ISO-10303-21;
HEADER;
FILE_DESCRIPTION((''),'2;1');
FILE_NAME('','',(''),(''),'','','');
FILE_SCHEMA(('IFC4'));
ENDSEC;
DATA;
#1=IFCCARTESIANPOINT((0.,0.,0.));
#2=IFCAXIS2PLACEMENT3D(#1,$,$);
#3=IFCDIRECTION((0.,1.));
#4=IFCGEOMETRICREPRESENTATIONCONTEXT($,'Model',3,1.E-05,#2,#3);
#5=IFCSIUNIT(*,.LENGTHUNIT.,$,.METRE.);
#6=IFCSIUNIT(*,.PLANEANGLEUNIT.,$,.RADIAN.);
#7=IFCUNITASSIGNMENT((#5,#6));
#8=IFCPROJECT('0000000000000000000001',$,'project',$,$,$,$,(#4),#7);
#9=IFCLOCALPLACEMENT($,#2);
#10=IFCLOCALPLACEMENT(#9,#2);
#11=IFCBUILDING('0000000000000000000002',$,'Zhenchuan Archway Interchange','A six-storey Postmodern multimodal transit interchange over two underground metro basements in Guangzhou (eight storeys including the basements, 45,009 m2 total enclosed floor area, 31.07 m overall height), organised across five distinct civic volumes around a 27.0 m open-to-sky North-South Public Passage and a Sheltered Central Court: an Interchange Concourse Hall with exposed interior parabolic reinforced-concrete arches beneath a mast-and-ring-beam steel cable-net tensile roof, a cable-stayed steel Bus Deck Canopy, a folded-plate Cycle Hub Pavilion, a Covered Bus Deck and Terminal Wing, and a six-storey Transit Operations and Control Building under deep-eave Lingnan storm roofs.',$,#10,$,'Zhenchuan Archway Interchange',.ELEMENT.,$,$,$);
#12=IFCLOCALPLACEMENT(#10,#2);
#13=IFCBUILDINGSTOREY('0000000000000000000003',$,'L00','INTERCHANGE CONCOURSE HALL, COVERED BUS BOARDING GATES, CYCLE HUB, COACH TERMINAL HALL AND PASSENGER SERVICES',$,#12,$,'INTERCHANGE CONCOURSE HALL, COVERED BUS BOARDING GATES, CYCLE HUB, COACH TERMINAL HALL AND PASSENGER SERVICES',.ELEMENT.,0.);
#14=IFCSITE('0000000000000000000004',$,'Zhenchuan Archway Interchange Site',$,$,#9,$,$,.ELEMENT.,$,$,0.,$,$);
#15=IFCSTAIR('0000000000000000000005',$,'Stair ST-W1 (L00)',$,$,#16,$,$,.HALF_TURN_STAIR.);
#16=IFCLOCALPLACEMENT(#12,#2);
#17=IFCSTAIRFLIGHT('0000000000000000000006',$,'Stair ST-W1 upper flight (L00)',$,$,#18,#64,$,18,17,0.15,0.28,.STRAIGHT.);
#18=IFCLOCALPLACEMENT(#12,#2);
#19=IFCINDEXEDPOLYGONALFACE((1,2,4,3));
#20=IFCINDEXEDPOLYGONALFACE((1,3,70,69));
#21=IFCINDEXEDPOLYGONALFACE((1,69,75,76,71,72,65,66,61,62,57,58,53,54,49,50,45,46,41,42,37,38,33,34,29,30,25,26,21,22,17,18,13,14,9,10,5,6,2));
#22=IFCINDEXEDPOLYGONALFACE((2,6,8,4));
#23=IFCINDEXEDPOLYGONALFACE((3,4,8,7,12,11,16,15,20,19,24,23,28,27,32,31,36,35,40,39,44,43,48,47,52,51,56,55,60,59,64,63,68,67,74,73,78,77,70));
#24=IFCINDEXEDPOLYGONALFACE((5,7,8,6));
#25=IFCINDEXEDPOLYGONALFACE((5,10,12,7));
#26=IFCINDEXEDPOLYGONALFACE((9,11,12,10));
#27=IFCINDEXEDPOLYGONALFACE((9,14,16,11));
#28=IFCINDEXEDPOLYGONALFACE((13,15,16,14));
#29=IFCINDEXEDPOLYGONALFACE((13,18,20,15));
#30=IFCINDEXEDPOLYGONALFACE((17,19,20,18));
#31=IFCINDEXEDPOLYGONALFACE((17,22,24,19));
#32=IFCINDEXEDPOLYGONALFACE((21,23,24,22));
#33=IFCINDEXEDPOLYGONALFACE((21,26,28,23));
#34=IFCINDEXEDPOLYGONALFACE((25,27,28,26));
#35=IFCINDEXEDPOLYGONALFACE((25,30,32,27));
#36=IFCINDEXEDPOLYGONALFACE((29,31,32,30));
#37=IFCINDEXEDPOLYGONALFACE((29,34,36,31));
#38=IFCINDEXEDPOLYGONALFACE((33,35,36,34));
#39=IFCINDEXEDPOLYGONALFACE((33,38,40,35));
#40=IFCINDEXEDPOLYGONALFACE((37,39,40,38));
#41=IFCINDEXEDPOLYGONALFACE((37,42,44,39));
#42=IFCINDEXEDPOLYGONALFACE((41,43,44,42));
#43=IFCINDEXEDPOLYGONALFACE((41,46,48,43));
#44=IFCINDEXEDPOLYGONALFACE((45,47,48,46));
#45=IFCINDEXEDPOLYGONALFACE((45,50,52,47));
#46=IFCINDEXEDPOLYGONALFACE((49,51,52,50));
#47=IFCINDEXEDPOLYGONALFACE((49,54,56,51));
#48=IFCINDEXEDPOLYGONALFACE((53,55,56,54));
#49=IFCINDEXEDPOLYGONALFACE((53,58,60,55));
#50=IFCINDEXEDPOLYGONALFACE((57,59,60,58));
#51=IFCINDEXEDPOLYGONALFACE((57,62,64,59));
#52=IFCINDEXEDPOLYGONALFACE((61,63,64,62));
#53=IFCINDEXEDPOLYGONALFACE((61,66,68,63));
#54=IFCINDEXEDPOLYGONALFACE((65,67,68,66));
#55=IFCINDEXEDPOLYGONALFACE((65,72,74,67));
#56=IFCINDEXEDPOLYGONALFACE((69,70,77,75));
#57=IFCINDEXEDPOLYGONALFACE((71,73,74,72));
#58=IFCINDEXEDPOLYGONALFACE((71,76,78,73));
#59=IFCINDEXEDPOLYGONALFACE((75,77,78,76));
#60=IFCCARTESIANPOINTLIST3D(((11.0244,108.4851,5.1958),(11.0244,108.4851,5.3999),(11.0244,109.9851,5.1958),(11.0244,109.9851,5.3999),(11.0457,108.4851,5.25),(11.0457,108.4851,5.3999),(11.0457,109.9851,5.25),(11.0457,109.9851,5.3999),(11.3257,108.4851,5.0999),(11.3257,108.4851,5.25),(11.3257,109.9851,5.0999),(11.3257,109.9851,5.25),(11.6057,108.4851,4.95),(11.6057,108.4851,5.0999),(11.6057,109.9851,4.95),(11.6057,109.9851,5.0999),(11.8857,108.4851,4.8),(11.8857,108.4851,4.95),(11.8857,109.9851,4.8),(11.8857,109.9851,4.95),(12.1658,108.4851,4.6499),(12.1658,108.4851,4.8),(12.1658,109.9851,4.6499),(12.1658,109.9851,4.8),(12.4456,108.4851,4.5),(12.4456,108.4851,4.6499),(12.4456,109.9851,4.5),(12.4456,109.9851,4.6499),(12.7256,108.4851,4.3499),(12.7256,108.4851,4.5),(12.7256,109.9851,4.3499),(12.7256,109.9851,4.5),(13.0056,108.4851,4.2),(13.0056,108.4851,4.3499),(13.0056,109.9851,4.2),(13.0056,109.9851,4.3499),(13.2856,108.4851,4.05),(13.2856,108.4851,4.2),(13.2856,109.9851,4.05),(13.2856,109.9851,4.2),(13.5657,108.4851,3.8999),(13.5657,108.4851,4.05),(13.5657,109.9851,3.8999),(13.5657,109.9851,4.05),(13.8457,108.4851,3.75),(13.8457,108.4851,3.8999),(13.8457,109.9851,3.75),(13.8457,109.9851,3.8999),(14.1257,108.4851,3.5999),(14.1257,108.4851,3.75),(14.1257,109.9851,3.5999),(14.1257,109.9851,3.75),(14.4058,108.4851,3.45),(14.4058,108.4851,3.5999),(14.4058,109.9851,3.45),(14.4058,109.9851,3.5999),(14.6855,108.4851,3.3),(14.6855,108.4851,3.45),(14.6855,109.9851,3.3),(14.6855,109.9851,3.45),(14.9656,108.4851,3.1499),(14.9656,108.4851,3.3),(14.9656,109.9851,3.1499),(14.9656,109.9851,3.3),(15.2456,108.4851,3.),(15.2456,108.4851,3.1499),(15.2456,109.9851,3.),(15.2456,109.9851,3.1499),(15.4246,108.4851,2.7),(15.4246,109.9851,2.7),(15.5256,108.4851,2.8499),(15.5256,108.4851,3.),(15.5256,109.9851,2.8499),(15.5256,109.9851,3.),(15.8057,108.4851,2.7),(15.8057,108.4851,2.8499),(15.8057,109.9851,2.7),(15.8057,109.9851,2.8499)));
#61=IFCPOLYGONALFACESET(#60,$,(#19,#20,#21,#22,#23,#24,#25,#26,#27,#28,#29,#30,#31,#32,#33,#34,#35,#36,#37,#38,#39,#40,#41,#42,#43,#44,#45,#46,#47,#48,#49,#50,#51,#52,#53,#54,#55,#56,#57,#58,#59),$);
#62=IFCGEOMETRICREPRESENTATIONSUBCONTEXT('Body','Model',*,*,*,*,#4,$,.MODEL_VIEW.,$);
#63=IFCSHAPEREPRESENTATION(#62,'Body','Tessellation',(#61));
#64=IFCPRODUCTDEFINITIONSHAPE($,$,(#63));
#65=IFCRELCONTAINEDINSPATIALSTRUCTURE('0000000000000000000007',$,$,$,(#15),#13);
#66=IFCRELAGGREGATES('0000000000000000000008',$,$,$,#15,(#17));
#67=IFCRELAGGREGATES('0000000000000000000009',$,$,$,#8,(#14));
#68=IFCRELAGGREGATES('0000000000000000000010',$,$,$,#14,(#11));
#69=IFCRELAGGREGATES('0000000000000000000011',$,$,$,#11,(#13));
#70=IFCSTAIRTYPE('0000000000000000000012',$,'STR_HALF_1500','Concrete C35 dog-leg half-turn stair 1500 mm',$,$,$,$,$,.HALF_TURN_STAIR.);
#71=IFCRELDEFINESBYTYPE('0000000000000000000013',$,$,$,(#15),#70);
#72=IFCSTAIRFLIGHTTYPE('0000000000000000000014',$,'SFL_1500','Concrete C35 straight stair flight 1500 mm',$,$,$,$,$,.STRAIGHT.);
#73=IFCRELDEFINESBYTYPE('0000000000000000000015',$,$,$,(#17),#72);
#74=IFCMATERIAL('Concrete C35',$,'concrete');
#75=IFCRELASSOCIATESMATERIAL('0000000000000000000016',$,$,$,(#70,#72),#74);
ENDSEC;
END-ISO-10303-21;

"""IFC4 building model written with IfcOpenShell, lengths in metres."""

from ifc_helpers import new_model, si_unit, direction, frame, origin, place, context, subcontext, project, spatial, polyline, outline, extrude, material, type_object, element, aggregate, save


model = new_model("IFC4")

# Units and contexts
model_context = context("Model", 3, precision=1e-05, world=origin(), true_north=direction((0.0, 1.0)))
body_context = subcontext(model_context, "Body", "Model", "MODEL_VIEW")
ifc_project = project(units=[si_unit("LENGTHUNIT", "METRE"), si_unit("PLANEANGLEUNIT", "RADIAN")], contexts=[model_context])

# Site, building, storey
site_placement = place(None, origin())
site = spatial("IfcSite", under=ifc_project, at=site_placement, Name="Zhenchuan Archway Interchange Site", CompositionType="ELEMENT", RefElevation=0.0)
building_placement = place(site_placement, origin())
building = spatial("IfcBuilding", under=site, at=building_placement, Name="Zhenchuan Archway Interchange", Description="A six-storey Postmodern multimodal transit interchange over two underground metro basements in Guangzhou (eight storeys including the basements, 45,009 m2 total enclosed floor area, 31.07 m overall height), organised across five distinct civic volumes around a 27.0 m open-to-sky North-South Public Passage and a Sheltered Central Court: an Interchange Concourse Hall with exposed interior parabolic reinforced-concrete arches beneath a mast-and-ring-beam steel cable-net tensile roof, a cable-stayed steel Bus Deck Canopy, a folded-plate Cycle Hub Pavilion, a Covered Bus Deck and Terminal Wing, and a six-storey Transit Operations and Control Building under deep-eave Lingnan storm roofs.", LongName="Zhenchuan Archway Interchange", CompositionType="ELEMENT")
storey_placement = place(building_placement, origin())
storey = spatial("IfcBuildingStorey", under=building, at=storey_placement, Name="L00", Description="INTERCHANGE CONCOURSE HALL, COVERED BUS BOARDING GATES, CYCLE HUB, COACH TERMINAL HALL AND PASSENGER SERVICES", LongName="INTERCHANGE CONCOURSE HALL, COVERED BUS BOARDING GATES, CYCLE HUB, COACH TERMINAL HALL AND PASSENGER SERVICES", CompositionType="ELEMENT", Elevation=0.0)

# Shared definitions
ifc_material_1 = material(Name="Concrete C35", Category="concrete")

# Stair, stair flight
stair_type = type_object("IfcStairType", Name="STR_HALF_1500", Description="Concrete C35 dog-leg half-turn stair 1500 mm", PredefinedType="HALF_TURN_STAIR", material=ifc_material_1)
stair_placement = place(storey_placement, origin())
stair = element("IfcStair", 1, at=stair_placement, inside=storey, type_object=stair_type, Name="Stair ST-W1 (L00)", PredefinedType="HALF_TURN_STAIR")
stair_flight_type = type_object("IfcStairFlightType", Name="SFL_1500", Description="Concrete C35 straight stair flight 1500 mm", PredefinedType="STRAIGHT", material=ifc_material_1)
stair_flight_1_placement = place(storey_placement, frame((15.8057, 109.2351, 2.7), z_axis=(0.0, 0.0, 1.0), x_axis=(-1.0, 0.0, 0.0)))
stair_flight_1 = element("IfcStairFlight", 2, at=stair_flight_1_placement, type_object=stair_flight_type, Name="Stair ST-W1 upper flight (L00)", NumberOfRisers=18, NumberOfTreads=17, PredefinedType="STRAIGHT", RiserHeight=0.15, TreadLength=0.28, context=body_context, shape_type="SweptSolid", body=[
    extrude(outline(polyline([(0.0, 0.0), (0.0, 0.1499), (0.28, 0.1499), (0.28, 0.3), (0.5601, 0.3), (0.5601, 0.45), (0.8401, 0.45), (0.8401, 0.6001), (1.1201, 0.6001), (1.1201, 0.75), (1.3999, 0.75), (1.3999, 0.8999), (1.6799, 0.8999), (1.6799, 1.05), (1.96, 1.05), (1.96, 1.2), (2.24, 1.2), (2.24, 1.3501), (2.52, 1.3501), (2.52, 1.5), (2.8, 1.5), (2.8, 1.6499), (3.0801, 1.6499), (3.0801, 1.8), (3.3601, 1.8), (3.3601, 1.95), (3.6399, 1.95), (3.6399, 2.1001), (3.9199, 2.1001), (3.9199, 2.25), (4.2, 2.25), (4.2, 2.3999), (4.48, 2.3999), (4.48, 2.55), (4.76, 2.55), (4.76, 2.7), (4.7812, 2.7), (4.7812, 2.4958), (0.3811, 0.0), (0.0, 0.0)])), frame((0.0, 0.75, 0.0), z_axis=(0.0, -1.0, 0.0), x_axis=(1.0, 0.0, 0.0)), (0.0, 0.0, 1.0), 1.5),
])
aggregate(stair, [stair_flight_1])

save(model, "model.ifc")
